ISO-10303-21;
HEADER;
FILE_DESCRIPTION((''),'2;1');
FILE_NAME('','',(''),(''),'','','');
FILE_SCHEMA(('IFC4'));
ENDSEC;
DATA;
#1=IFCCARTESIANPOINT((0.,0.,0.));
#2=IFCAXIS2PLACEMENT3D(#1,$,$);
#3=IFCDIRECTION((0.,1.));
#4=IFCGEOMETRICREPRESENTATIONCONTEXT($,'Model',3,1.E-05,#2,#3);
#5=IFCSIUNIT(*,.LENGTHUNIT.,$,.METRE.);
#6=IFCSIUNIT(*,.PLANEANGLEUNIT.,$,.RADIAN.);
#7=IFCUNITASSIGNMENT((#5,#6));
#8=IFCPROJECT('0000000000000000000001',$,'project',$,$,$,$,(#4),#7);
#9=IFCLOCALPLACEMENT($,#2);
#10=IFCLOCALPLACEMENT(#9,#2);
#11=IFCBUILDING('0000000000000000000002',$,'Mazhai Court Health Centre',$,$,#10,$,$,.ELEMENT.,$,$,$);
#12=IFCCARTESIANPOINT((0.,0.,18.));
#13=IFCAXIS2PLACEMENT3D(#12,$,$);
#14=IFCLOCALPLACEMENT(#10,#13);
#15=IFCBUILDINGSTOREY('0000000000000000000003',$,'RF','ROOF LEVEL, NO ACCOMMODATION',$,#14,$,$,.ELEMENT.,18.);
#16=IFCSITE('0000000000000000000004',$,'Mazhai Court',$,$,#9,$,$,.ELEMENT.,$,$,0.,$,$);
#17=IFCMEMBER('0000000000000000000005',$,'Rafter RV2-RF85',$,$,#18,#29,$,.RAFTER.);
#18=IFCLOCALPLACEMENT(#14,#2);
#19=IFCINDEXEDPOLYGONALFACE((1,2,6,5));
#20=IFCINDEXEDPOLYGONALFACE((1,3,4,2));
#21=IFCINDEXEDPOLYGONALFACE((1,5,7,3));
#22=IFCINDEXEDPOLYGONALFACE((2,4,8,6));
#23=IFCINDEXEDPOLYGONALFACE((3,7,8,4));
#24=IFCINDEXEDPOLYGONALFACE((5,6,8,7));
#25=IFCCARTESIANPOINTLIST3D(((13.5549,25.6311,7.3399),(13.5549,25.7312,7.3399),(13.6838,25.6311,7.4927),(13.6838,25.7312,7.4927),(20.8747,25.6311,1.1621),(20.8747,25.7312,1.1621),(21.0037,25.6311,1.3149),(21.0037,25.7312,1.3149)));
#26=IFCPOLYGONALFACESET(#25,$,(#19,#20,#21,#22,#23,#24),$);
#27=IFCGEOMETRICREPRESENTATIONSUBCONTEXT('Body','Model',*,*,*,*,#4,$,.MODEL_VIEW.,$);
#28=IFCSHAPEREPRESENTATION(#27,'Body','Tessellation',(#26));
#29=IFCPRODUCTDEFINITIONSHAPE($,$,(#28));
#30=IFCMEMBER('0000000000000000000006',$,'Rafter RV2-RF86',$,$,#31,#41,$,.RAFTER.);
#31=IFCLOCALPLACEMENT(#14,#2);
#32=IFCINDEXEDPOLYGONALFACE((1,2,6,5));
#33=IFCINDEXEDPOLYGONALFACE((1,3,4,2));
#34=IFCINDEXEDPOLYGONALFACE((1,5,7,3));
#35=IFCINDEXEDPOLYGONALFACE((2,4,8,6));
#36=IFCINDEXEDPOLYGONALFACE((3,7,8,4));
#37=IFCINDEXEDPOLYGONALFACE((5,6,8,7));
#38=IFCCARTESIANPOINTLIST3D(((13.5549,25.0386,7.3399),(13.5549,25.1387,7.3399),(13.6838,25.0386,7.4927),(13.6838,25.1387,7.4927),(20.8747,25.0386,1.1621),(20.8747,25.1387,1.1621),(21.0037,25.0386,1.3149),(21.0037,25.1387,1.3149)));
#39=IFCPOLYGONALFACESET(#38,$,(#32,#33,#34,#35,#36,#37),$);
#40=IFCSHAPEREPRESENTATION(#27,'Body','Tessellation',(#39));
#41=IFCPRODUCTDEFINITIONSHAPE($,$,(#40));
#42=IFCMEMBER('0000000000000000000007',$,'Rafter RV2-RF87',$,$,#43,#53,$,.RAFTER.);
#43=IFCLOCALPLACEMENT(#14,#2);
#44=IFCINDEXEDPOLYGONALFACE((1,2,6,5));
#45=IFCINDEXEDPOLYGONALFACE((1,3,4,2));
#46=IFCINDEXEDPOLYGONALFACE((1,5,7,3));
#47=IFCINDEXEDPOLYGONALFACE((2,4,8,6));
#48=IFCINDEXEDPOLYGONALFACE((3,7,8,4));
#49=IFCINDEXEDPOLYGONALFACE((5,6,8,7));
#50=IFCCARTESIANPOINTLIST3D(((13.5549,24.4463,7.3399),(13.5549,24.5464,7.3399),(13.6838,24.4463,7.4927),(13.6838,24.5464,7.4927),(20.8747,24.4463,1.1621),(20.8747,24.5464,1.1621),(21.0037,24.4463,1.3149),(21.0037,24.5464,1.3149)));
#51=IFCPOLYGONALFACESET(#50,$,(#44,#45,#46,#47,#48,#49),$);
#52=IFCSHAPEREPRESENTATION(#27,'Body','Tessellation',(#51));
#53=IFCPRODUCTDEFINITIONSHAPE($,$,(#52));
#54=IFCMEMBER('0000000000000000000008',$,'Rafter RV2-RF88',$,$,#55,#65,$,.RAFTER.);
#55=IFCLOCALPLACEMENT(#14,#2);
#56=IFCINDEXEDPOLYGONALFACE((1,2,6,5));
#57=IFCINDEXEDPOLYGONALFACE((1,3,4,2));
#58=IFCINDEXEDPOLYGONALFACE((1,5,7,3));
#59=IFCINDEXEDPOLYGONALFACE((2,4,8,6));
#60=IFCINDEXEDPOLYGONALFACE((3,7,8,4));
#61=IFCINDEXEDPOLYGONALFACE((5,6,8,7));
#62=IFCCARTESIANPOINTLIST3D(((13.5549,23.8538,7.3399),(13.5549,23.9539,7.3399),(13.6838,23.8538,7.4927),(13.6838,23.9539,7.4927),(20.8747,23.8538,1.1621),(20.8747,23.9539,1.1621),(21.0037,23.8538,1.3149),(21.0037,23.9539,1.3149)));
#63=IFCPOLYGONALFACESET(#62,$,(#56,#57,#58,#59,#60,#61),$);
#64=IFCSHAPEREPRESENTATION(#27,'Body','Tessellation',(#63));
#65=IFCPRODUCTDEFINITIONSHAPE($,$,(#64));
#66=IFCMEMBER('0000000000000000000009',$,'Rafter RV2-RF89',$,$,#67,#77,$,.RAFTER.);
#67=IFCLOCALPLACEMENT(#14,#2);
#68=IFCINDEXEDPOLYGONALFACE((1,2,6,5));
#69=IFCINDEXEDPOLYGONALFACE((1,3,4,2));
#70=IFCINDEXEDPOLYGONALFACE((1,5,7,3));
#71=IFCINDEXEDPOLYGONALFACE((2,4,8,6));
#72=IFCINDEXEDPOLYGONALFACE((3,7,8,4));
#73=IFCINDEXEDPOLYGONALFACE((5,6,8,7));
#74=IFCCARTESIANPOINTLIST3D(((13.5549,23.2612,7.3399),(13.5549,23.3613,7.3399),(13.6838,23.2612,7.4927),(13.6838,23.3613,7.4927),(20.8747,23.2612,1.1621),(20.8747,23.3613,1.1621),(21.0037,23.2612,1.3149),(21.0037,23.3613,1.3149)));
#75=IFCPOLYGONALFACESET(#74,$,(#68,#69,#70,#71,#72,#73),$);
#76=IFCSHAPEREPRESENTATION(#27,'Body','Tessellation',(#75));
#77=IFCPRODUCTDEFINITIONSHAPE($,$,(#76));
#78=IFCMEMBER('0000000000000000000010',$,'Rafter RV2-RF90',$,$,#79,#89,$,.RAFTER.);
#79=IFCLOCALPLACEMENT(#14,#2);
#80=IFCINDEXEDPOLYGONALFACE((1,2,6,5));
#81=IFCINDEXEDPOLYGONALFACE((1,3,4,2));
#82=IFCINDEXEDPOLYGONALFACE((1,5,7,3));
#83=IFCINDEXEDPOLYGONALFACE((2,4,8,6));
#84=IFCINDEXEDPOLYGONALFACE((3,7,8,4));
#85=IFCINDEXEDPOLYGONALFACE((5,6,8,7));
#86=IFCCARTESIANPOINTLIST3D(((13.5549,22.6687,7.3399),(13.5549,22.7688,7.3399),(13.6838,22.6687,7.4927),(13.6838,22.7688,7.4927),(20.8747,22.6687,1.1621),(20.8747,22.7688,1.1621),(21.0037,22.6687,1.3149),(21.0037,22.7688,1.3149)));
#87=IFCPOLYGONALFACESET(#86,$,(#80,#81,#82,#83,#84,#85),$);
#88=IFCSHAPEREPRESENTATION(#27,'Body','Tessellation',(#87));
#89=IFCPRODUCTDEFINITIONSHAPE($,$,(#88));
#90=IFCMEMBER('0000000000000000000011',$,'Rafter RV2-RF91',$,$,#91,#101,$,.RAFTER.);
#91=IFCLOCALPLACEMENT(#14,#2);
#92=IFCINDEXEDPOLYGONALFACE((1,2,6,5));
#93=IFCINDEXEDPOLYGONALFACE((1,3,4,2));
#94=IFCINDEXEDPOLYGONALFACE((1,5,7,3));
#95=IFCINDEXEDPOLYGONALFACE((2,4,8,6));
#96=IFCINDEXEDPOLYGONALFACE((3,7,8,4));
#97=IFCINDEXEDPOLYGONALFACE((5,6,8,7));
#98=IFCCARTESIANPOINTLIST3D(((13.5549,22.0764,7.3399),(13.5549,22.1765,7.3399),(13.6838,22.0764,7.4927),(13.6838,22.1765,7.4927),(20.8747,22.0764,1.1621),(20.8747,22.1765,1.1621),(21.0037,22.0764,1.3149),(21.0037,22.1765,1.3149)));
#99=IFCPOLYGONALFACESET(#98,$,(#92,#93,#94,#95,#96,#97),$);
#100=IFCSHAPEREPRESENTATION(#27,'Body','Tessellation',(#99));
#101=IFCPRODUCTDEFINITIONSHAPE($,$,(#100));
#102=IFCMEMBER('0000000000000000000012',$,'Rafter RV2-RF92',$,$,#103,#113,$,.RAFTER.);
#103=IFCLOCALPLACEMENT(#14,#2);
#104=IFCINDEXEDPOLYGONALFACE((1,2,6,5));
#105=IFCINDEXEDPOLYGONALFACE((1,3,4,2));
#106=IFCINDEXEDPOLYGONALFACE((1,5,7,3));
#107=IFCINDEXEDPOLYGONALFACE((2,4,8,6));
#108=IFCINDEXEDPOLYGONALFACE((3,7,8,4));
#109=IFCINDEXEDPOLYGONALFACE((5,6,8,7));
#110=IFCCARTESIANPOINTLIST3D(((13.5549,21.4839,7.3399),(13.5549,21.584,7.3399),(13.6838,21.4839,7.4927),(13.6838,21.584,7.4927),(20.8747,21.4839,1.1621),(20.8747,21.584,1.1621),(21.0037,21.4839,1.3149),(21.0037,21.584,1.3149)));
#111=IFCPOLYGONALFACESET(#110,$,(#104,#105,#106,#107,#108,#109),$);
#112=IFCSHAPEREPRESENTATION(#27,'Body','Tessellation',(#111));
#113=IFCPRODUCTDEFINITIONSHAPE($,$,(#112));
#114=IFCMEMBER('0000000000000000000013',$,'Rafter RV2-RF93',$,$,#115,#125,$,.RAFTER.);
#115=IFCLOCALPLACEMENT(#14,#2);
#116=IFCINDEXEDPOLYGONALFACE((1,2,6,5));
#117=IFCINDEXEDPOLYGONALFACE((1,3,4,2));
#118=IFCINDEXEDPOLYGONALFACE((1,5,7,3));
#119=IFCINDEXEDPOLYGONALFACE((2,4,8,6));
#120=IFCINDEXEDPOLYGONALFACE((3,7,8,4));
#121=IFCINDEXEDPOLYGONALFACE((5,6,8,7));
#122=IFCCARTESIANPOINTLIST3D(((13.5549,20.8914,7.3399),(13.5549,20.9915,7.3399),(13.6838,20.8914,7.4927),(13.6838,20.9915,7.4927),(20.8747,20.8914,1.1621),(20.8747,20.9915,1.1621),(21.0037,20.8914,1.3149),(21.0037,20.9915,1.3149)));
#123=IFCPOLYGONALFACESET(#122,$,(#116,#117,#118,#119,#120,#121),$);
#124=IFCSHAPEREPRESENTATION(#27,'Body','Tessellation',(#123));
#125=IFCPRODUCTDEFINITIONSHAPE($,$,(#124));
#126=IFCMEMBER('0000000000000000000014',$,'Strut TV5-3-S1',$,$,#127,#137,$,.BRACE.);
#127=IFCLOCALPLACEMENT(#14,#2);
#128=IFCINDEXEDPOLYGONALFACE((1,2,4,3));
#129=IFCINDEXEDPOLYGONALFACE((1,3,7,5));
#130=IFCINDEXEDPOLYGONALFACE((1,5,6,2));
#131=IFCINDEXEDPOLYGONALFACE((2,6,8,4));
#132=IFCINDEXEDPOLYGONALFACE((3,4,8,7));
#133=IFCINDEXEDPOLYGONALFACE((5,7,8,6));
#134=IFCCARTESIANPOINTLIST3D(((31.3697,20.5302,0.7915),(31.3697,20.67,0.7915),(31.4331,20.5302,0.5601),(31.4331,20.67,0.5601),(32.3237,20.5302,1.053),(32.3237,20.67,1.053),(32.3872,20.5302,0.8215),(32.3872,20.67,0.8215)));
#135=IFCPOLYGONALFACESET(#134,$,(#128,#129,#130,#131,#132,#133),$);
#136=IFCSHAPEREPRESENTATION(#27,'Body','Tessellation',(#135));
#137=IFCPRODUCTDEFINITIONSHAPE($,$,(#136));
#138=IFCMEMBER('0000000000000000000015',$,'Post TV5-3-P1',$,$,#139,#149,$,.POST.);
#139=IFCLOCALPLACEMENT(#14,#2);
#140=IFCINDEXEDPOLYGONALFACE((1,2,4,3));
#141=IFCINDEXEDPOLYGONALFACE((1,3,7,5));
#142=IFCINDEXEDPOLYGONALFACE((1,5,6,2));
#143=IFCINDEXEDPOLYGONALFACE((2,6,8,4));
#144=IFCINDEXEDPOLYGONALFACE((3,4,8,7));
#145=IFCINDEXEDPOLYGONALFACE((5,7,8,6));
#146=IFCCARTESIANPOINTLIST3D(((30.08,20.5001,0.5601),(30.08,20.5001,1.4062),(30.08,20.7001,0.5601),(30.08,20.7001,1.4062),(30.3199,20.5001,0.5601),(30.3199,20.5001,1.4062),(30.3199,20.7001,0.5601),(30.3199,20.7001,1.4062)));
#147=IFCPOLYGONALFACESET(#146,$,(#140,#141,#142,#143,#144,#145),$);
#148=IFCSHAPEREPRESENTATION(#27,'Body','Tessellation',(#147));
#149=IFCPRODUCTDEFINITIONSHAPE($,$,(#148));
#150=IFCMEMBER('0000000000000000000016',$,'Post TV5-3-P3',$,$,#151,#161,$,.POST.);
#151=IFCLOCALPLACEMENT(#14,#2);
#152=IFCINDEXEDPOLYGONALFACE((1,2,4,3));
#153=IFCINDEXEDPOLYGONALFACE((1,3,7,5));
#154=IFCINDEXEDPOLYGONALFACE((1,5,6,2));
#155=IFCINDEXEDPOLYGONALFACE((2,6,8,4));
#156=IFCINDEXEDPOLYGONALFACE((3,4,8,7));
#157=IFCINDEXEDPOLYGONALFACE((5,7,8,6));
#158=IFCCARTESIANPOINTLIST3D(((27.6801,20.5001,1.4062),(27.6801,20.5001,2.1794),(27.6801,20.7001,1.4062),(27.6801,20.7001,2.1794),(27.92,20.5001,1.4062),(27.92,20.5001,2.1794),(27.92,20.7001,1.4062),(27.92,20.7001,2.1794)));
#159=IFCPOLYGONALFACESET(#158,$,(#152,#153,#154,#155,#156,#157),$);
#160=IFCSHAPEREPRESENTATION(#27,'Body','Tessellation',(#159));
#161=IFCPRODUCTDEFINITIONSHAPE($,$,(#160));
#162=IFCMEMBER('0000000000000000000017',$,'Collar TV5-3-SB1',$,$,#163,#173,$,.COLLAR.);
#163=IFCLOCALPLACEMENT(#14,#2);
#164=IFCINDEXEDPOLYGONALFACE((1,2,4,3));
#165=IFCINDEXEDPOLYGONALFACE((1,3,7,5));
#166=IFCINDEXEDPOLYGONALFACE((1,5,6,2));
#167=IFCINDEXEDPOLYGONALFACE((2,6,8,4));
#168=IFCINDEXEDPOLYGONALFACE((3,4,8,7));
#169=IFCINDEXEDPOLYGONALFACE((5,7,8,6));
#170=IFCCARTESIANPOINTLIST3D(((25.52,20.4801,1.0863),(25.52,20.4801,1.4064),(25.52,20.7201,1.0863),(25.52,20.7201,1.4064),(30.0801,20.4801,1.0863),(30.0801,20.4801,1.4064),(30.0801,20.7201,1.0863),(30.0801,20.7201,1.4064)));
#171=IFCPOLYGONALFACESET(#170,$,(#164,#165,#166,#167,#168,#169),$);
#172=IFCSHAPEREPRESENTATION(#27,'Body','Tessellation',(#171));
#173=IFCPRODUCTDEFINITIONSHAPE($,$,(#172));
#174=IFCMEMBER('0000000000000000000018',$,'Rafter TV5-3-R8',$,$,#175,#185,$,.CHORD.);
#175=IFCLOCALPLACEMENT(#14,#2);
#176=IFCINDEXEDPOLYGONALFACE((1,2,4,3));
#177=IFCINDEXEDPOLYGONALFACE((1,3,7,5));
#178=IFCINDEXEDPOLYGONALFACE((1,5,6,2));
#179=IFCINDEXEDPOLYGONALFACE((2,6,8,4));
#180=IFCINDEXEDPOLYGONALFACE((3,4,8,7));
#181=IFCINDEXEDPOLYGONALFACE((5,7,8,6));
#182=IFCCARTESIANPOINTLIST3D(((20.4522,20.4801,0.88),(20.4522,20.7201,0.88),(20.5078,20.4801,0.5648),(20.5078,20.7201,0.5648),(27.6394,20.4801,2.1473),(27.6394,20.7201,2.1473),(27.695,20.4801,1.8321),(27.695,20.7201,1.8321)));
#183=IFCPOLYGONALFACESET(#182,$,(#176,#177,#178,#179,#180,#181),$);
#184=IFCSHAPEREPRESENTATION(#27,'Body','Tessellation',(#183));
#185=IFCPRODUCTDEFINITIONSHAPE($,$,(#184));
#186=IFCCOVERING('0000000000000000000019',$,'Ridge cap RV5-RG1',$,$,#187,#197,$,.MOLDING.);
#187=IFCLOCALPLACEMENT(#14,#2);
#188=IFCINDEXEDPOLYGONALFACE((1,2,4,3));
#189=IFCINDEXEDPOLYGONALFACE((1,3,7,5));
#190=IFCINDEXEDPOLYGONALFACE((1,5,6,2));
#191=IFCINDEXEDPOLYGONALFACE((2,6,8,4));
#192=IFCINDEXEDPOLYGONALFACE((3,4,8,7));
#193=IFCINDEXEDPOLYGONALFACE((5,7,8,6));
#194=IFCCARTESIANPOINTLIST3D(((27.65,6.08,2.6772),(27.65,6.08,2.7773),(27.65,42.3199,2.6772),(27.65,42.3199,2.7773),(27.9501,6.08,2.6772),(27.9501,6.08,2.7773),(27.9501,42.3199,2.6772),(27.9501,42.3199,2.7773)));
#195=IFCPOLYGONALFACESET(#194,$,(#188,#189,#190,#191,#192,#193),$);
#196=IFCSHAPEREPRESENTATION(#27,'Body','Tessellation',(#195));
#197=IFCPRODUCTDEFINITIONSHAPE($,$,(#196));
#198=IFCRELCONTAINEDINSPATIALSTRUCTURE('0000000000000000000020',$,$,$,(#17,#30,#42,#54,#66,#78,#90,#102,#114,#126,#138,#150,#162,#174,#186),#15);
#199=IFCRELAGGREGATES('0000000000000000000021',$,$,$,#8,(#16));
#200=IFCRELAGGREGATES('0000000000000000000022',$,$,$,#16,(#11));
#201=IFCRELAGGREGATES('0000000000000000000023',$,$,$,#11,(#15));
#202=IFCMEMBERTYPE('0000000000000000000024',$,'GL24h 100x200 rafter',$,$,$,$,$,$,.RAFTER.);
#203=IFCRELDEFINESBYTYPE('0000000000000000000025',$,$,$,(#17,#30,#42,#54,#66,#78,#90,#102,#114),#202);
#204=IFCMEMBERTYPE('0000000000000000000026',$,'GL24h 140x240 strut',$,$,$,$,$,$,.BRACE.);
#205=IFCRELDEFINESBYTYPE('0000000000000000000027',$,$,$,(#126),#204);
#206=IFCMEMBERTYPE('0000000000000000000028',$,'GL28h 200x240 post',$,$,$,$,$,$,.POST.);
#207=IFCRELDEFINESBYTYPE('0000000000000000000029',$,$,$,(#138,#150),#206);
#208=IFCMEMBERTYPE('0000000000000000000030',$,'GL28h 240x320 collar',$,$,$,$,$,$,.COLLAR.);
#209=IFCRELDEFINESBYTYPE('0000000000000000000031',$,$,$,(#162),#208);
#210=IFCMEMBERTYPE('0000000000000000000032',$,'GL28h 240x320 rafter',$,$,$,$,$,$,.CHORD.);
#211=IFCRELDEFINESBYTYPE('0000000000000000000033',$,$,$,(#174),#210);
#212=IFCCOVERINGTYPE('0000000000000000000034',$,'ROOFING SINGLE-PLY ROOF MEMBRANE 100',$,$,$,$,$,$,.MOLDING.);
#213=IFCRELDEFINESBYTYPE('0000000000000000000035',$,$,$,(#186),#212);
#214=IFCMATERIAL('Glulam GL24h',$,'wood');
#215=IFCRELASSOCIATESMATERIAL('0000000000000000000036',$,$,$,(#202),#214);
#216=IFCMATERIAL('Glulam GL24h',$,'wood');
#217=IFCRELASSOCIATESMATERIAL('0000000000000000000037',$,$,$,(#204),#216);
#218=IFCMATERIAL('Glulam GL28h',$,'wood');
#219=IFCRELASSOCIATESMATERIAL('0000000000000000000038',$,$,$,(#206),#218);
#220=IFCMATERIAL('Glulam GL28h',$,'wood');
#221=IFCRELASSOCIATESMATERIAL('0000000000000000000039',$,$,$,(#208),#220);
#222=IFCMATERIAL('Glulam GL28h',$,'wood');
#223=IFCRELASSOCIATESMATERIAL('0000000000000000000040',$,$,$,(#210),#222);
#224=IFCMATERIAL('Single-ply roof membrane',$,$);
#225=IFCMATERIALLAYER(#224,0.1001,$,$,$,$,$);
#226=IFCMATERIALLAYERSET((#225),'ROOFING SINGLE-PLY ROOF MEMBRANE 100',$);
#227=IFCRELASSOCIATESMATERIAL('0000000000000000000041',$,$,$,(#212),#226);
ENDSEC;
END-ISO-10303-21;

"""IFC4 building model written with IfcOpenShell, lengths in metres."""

from ifc_helpers import new_model, si_unit, direction, frame, origin, origin_2d, place, context, subcontext, project, spatial, rectangle, extrude, material, layer, layer_set, material_profile, profile_set, type_object, element, save


model = new_model("IFC4")

# Units and contexts
model_context = context("Model", 3, precision=1e-05, world=origin(), true_north=direction((0.0, 1.0)))
body_context = subcontext(model_context, "Body", "Model", "MODEL_VIEW")
ifc_project = project(units=[si_unit("LENGTHUNIT", "METRE"), si_unit("PLANEANGLEUNIT", "RADIAN")], contexts=[model_context])

# Site, building, storey
site_placement = place(None, origin())
site = spatial("IfcSite", under=ifc_project, at=site_placement, Name="Mazhai Court", CompositionType="ELEMENT", RefElevation=0.0)
building_placement = place(site_placement, origin())
building = spatial("IfcBuilding", under=site, at=building_placement, Name="Mazhai Court Health Centre", CompositionType="ELEMENT")
storey_placement = place(building_placement, frame((0.0, 0.0, 18.0)))
storey = spatial("IfcBuildingStorey", under=building, at=storey_placement, Name="RF", Description="ROOF LEVEL, NO ACCOMMODATION", CompositionType="ELEMENT", Elevation=18.0)

# Members
ifc_material_1 = material(Name="Glulam GL24h", Category="wood")
ifc_material_profile_1 = material_profile(ifc_material_1, rectangle(XDim=0.1001, YDim=0.2, at=origin_2d()), Name="GL24h 100x200")
ifc_profile_set_1 = profile_set([ifc_material_profile_1], Name="Glulam GL24h")
member_type_1 = type_object("IfcMemberType", Name="GL24h 100x200 rafter", PredefinedType="RAFTER", material=ifc_profile_set_1)
for number, where, z_axis, x_axis, name in (
    (1, (20.9392, 25.6812, 1.2385), (-0.764207, 0.0, 0.644971), (0.0, -1.0, 0.0), "Rafter RV2-RF85"),
    (2, (20.9392, 25.0886, 1.2385), (-0.764207, 0.0, 0.644971), (0.0, -1.0, 0.0), "Rafter RV2-RF86"),
    (3, (20.9392, 24.4963, 1.2385), (-0.764207, 0.0, 0.644971), (0.0, -1.0, 0.0), "Rafter RV2-RF87"),
    (4, (20.9392, 23.9038, 1.2385), (-0.764207, 0.0, 0.644971), (0.0, -1.0, 0.0), "Rafter RV2-RF88"),
    (5, (20.9392, 23.3113, 1.2385), (-0.764207, 0.0, 0.644971), (0.0, -1.0, 0.0), "Rafter RV2-RF89"),
    (6, (20.9392, 22.7188, 1.2385), (-0.764207, 0.0, 0.644971), (0.0, -1.0, 0.0), "Rafter RV2-RF90"),
    (7, (20.9392, 22.1265, 1.2385), (-0.764207, 0.0, 0.644971), (0.0, -1.0, 0.0), "Rafter RV2-RF91"),
    (8, (20.9392, 21.5339, 1.2385), (-0.764207, 0.0, 0.644971), (0.0, -1.0, 0.0), "Rafter RV2-RF92"),
    (9, (20.9392, 20.9414, 1.2385), (-0.764207, 0.0, 0.644971), (0.0, -1.0, 0.0), "Rafter RV2-RF93"),
):
    element("IfcMember", number, at=place(storey_placement, frame(where, z_axis=z_axis, x_axis=x_axis)), inside=storey, type_object=member_type_1, Name=name, PredefinedType="RAFTER", context=body_context, shape_type="SweptSolid", body=[
        extrude(rectangle(XDim=0.1001, YDim=0.2, at=origin_2d()), origin(), (0.0, 0.0, 1.0), 9.5784),
    ])
ifc_material_2 = material(Name="Glulam GL24h", Category="wood")
ifc_material_profile_2 = material_profile(ifc_material_2, rectangle(XDim=0.1399, YDim=0.24, at=origin_2d()), Name="GL24h 140x240")
ifc_profile_set_2 = profile_set([ifc_material_profile_2], Name="Glulam GL24h")
member_type_2 = type_object("IfcMemberType", Name="GL24h 140x240 strut", PredefinedType="BRACE", material=ifc_profile_set_2)
member_1_placement = place(storey_placement, frame((31.4014, 20.6001, 0.6758), z_axis=(0.964438, 0.0, 0.264307), x_axis=(0.0, 1.0, 0.0)))
element("IfcMember", 10, at=member_1_placement, inside=storey, type_object=member_type_2, Name="Strut TV5-3-S1", PredefinedType="BRACE", context=body_context, shape_type="SweptSolid", body=[
    extrude(rectangle(XDim=0.1399, YDim=0.24, at=origin_2d()), origin(), (0.0, 0.0, 1.0), 0.9893),
])
ifc_material_3 = material(Name="Glulam GL28h", Category="wood")
ifc_material_profile_3 = material_profile(ifc_material_3, rectangle(XDim=0.2, YDim=0.24, at=origin_2d()), Name="GL28h 200x240")
ifc_profile_set_3 = profile_set([ifc_material_profile_3], Name="Glulam GL28h")
member_type_3 = type_object("IfcMemberType", Name="GL28h 200x240 post", PredefinedType="POST", material=ifc_profile_set_3)
member_2_placement = place(storey_placement, frame((30.2, 20.6001, 0.5601), z_axis=(0.0, 0.0, 1.0), x_axis=(0.0, 1.0, 0.0)))
element("IfcMember", 11, at=member_2_placement, inside=storey, type_object=member_type_3, Name="Post TV5-3-P1", PredefinedType="POST", context=body_context, shape_type="SweptSolid", body=[
    extrude(rectangle(XDim=0.2, YDim=0.24, at=origin_2d()), origin(), (0.0, 0.0, 1.0), 0.8462),
])
member_3_placement = place(storey_placement, frame((27.8, 20.6001, 1.4062), z_axis=(0.0, 0.0, 1.0), x_axis=(0.0, 1.0, 0.0)))
element("IfcMember", 12, at=member_3_placement, inside=storey, type_object=member_type_3, Name="Post TV5-3-P3", PredefinedType="POST", context=body_context, shape_type="SweptSolid", body=[
    extrude(rectangle(XDim=0.2, YDim=0.24, at=origin_2d()), origin(), (0.0, 0.0, 1.0), 0.7732),
])
ifc_material_4 = material(Name="Glulam GL28h", Category="wood")
ifc_material_profile_4 = material_profile(ifc_material_4, rectangle(XDim=0.24, YDim=0.3201, at=origin_2d()), Name="GL28h 240x320")
ifc_profile_set_4 = profile_set([ifc_material_profile_4], Name="Glulam GL28h")
member_type_4 = type_object("IfcMemberType", Name="GL28h 240x320 collar", PredefinedType="COLLAR", material=ifc_profile_set_4)
member_4_placement = place(storey_placement, frame((30.0801, 20.6001, 1.2463), z_axis=(-1.0, 0.0, 0.0), x_axis=(0.0, -1.0, 0.0)))
element("IfcMember", 13, at=member_4_placement, inside=storey, type_object=member_type_4, Name="Collar TV5-3-SB1", PredefinedType="COLLAR", context=body_context, shape_type="SweptSolid", body=[
    extrude(rectangle(XDim=0.24, YDim=0.3201, at=origin_2d()), origin(), (0.0, 0.0, 1.0), 4.5601),
])
ifc_material_5 = material(Name="Glulam GL28h", Category="wood")
ifc_material_profile_5 = material_profile(ifc_material_5, rectangle(XDim=0.24, YDim=0.3201, at=origin_2d()), Name="GL28h 240x320")
ifc_profile_set_5 = profile_set([ifc_material_profile_5], Name="Glulam GL28h")
member_type_5 = type_object("IfcMemberType", Name="GL28h 240x320 rafter", PredefinedType="CHORD", material=ifc_profile_set_5)
member_5_placement = place(storey_placement, frame((27.6672, 20.6001, 1.9897), z_axis=(-0.984807, 0.0, -0.173652), x_axis=(0.0, -1.0, 0.0)))
element("IfcMember", 14, at=member_5_placement, inside=storey, type_object=member_type_5, Name="Rafter TV5-3-R8", PredefinedType="CHORD", context=body_context, shape_type="SweptSolid", body=[
    extrude(rectangle(XDim=0.24, YDim=0.3201, at=origin_2d()), origin(), (0.0, 0.0, 1.0), 7.2981),
])

# Covering
ifc_material_6 = material(Name="Single-ply roof membrane")
ifc_layer = layer(ifc_material_6, 0.1001)
ifc_layer_set = layer_set([ifc_layer], Name="ROOFING SINGLE-PLY ROOF MEMBRANE 100")
covering_type = type_object("IfcCoveringType", Name="ROOFING SINGLE-PLY ROOF MEMBRANE 100", PredefinedType="MOLDING", material=ifc_layer_set)
covering_placement = place(storey_placement, frame((27.8, 24.2, 2.6772), z_axis=(0.0, 0.0, 1.0), x_axis=(1.0, 0.0, 0.0)))
element("IfcCovering", 15, at=covering_placement, inside=storey, type_object=covering_type, Name="Ridge cap RV5-RG1", PredefinedType="MOLDING", context=body_context, shape_type="SweptSolid", body=[
    extrude(rectangle(XDim=0.3, YDim=36.24, at=origin_2d()), origin(), (0.0, 0.0, 1.0), 0.1001),
])

save(model, "model.ifc")
